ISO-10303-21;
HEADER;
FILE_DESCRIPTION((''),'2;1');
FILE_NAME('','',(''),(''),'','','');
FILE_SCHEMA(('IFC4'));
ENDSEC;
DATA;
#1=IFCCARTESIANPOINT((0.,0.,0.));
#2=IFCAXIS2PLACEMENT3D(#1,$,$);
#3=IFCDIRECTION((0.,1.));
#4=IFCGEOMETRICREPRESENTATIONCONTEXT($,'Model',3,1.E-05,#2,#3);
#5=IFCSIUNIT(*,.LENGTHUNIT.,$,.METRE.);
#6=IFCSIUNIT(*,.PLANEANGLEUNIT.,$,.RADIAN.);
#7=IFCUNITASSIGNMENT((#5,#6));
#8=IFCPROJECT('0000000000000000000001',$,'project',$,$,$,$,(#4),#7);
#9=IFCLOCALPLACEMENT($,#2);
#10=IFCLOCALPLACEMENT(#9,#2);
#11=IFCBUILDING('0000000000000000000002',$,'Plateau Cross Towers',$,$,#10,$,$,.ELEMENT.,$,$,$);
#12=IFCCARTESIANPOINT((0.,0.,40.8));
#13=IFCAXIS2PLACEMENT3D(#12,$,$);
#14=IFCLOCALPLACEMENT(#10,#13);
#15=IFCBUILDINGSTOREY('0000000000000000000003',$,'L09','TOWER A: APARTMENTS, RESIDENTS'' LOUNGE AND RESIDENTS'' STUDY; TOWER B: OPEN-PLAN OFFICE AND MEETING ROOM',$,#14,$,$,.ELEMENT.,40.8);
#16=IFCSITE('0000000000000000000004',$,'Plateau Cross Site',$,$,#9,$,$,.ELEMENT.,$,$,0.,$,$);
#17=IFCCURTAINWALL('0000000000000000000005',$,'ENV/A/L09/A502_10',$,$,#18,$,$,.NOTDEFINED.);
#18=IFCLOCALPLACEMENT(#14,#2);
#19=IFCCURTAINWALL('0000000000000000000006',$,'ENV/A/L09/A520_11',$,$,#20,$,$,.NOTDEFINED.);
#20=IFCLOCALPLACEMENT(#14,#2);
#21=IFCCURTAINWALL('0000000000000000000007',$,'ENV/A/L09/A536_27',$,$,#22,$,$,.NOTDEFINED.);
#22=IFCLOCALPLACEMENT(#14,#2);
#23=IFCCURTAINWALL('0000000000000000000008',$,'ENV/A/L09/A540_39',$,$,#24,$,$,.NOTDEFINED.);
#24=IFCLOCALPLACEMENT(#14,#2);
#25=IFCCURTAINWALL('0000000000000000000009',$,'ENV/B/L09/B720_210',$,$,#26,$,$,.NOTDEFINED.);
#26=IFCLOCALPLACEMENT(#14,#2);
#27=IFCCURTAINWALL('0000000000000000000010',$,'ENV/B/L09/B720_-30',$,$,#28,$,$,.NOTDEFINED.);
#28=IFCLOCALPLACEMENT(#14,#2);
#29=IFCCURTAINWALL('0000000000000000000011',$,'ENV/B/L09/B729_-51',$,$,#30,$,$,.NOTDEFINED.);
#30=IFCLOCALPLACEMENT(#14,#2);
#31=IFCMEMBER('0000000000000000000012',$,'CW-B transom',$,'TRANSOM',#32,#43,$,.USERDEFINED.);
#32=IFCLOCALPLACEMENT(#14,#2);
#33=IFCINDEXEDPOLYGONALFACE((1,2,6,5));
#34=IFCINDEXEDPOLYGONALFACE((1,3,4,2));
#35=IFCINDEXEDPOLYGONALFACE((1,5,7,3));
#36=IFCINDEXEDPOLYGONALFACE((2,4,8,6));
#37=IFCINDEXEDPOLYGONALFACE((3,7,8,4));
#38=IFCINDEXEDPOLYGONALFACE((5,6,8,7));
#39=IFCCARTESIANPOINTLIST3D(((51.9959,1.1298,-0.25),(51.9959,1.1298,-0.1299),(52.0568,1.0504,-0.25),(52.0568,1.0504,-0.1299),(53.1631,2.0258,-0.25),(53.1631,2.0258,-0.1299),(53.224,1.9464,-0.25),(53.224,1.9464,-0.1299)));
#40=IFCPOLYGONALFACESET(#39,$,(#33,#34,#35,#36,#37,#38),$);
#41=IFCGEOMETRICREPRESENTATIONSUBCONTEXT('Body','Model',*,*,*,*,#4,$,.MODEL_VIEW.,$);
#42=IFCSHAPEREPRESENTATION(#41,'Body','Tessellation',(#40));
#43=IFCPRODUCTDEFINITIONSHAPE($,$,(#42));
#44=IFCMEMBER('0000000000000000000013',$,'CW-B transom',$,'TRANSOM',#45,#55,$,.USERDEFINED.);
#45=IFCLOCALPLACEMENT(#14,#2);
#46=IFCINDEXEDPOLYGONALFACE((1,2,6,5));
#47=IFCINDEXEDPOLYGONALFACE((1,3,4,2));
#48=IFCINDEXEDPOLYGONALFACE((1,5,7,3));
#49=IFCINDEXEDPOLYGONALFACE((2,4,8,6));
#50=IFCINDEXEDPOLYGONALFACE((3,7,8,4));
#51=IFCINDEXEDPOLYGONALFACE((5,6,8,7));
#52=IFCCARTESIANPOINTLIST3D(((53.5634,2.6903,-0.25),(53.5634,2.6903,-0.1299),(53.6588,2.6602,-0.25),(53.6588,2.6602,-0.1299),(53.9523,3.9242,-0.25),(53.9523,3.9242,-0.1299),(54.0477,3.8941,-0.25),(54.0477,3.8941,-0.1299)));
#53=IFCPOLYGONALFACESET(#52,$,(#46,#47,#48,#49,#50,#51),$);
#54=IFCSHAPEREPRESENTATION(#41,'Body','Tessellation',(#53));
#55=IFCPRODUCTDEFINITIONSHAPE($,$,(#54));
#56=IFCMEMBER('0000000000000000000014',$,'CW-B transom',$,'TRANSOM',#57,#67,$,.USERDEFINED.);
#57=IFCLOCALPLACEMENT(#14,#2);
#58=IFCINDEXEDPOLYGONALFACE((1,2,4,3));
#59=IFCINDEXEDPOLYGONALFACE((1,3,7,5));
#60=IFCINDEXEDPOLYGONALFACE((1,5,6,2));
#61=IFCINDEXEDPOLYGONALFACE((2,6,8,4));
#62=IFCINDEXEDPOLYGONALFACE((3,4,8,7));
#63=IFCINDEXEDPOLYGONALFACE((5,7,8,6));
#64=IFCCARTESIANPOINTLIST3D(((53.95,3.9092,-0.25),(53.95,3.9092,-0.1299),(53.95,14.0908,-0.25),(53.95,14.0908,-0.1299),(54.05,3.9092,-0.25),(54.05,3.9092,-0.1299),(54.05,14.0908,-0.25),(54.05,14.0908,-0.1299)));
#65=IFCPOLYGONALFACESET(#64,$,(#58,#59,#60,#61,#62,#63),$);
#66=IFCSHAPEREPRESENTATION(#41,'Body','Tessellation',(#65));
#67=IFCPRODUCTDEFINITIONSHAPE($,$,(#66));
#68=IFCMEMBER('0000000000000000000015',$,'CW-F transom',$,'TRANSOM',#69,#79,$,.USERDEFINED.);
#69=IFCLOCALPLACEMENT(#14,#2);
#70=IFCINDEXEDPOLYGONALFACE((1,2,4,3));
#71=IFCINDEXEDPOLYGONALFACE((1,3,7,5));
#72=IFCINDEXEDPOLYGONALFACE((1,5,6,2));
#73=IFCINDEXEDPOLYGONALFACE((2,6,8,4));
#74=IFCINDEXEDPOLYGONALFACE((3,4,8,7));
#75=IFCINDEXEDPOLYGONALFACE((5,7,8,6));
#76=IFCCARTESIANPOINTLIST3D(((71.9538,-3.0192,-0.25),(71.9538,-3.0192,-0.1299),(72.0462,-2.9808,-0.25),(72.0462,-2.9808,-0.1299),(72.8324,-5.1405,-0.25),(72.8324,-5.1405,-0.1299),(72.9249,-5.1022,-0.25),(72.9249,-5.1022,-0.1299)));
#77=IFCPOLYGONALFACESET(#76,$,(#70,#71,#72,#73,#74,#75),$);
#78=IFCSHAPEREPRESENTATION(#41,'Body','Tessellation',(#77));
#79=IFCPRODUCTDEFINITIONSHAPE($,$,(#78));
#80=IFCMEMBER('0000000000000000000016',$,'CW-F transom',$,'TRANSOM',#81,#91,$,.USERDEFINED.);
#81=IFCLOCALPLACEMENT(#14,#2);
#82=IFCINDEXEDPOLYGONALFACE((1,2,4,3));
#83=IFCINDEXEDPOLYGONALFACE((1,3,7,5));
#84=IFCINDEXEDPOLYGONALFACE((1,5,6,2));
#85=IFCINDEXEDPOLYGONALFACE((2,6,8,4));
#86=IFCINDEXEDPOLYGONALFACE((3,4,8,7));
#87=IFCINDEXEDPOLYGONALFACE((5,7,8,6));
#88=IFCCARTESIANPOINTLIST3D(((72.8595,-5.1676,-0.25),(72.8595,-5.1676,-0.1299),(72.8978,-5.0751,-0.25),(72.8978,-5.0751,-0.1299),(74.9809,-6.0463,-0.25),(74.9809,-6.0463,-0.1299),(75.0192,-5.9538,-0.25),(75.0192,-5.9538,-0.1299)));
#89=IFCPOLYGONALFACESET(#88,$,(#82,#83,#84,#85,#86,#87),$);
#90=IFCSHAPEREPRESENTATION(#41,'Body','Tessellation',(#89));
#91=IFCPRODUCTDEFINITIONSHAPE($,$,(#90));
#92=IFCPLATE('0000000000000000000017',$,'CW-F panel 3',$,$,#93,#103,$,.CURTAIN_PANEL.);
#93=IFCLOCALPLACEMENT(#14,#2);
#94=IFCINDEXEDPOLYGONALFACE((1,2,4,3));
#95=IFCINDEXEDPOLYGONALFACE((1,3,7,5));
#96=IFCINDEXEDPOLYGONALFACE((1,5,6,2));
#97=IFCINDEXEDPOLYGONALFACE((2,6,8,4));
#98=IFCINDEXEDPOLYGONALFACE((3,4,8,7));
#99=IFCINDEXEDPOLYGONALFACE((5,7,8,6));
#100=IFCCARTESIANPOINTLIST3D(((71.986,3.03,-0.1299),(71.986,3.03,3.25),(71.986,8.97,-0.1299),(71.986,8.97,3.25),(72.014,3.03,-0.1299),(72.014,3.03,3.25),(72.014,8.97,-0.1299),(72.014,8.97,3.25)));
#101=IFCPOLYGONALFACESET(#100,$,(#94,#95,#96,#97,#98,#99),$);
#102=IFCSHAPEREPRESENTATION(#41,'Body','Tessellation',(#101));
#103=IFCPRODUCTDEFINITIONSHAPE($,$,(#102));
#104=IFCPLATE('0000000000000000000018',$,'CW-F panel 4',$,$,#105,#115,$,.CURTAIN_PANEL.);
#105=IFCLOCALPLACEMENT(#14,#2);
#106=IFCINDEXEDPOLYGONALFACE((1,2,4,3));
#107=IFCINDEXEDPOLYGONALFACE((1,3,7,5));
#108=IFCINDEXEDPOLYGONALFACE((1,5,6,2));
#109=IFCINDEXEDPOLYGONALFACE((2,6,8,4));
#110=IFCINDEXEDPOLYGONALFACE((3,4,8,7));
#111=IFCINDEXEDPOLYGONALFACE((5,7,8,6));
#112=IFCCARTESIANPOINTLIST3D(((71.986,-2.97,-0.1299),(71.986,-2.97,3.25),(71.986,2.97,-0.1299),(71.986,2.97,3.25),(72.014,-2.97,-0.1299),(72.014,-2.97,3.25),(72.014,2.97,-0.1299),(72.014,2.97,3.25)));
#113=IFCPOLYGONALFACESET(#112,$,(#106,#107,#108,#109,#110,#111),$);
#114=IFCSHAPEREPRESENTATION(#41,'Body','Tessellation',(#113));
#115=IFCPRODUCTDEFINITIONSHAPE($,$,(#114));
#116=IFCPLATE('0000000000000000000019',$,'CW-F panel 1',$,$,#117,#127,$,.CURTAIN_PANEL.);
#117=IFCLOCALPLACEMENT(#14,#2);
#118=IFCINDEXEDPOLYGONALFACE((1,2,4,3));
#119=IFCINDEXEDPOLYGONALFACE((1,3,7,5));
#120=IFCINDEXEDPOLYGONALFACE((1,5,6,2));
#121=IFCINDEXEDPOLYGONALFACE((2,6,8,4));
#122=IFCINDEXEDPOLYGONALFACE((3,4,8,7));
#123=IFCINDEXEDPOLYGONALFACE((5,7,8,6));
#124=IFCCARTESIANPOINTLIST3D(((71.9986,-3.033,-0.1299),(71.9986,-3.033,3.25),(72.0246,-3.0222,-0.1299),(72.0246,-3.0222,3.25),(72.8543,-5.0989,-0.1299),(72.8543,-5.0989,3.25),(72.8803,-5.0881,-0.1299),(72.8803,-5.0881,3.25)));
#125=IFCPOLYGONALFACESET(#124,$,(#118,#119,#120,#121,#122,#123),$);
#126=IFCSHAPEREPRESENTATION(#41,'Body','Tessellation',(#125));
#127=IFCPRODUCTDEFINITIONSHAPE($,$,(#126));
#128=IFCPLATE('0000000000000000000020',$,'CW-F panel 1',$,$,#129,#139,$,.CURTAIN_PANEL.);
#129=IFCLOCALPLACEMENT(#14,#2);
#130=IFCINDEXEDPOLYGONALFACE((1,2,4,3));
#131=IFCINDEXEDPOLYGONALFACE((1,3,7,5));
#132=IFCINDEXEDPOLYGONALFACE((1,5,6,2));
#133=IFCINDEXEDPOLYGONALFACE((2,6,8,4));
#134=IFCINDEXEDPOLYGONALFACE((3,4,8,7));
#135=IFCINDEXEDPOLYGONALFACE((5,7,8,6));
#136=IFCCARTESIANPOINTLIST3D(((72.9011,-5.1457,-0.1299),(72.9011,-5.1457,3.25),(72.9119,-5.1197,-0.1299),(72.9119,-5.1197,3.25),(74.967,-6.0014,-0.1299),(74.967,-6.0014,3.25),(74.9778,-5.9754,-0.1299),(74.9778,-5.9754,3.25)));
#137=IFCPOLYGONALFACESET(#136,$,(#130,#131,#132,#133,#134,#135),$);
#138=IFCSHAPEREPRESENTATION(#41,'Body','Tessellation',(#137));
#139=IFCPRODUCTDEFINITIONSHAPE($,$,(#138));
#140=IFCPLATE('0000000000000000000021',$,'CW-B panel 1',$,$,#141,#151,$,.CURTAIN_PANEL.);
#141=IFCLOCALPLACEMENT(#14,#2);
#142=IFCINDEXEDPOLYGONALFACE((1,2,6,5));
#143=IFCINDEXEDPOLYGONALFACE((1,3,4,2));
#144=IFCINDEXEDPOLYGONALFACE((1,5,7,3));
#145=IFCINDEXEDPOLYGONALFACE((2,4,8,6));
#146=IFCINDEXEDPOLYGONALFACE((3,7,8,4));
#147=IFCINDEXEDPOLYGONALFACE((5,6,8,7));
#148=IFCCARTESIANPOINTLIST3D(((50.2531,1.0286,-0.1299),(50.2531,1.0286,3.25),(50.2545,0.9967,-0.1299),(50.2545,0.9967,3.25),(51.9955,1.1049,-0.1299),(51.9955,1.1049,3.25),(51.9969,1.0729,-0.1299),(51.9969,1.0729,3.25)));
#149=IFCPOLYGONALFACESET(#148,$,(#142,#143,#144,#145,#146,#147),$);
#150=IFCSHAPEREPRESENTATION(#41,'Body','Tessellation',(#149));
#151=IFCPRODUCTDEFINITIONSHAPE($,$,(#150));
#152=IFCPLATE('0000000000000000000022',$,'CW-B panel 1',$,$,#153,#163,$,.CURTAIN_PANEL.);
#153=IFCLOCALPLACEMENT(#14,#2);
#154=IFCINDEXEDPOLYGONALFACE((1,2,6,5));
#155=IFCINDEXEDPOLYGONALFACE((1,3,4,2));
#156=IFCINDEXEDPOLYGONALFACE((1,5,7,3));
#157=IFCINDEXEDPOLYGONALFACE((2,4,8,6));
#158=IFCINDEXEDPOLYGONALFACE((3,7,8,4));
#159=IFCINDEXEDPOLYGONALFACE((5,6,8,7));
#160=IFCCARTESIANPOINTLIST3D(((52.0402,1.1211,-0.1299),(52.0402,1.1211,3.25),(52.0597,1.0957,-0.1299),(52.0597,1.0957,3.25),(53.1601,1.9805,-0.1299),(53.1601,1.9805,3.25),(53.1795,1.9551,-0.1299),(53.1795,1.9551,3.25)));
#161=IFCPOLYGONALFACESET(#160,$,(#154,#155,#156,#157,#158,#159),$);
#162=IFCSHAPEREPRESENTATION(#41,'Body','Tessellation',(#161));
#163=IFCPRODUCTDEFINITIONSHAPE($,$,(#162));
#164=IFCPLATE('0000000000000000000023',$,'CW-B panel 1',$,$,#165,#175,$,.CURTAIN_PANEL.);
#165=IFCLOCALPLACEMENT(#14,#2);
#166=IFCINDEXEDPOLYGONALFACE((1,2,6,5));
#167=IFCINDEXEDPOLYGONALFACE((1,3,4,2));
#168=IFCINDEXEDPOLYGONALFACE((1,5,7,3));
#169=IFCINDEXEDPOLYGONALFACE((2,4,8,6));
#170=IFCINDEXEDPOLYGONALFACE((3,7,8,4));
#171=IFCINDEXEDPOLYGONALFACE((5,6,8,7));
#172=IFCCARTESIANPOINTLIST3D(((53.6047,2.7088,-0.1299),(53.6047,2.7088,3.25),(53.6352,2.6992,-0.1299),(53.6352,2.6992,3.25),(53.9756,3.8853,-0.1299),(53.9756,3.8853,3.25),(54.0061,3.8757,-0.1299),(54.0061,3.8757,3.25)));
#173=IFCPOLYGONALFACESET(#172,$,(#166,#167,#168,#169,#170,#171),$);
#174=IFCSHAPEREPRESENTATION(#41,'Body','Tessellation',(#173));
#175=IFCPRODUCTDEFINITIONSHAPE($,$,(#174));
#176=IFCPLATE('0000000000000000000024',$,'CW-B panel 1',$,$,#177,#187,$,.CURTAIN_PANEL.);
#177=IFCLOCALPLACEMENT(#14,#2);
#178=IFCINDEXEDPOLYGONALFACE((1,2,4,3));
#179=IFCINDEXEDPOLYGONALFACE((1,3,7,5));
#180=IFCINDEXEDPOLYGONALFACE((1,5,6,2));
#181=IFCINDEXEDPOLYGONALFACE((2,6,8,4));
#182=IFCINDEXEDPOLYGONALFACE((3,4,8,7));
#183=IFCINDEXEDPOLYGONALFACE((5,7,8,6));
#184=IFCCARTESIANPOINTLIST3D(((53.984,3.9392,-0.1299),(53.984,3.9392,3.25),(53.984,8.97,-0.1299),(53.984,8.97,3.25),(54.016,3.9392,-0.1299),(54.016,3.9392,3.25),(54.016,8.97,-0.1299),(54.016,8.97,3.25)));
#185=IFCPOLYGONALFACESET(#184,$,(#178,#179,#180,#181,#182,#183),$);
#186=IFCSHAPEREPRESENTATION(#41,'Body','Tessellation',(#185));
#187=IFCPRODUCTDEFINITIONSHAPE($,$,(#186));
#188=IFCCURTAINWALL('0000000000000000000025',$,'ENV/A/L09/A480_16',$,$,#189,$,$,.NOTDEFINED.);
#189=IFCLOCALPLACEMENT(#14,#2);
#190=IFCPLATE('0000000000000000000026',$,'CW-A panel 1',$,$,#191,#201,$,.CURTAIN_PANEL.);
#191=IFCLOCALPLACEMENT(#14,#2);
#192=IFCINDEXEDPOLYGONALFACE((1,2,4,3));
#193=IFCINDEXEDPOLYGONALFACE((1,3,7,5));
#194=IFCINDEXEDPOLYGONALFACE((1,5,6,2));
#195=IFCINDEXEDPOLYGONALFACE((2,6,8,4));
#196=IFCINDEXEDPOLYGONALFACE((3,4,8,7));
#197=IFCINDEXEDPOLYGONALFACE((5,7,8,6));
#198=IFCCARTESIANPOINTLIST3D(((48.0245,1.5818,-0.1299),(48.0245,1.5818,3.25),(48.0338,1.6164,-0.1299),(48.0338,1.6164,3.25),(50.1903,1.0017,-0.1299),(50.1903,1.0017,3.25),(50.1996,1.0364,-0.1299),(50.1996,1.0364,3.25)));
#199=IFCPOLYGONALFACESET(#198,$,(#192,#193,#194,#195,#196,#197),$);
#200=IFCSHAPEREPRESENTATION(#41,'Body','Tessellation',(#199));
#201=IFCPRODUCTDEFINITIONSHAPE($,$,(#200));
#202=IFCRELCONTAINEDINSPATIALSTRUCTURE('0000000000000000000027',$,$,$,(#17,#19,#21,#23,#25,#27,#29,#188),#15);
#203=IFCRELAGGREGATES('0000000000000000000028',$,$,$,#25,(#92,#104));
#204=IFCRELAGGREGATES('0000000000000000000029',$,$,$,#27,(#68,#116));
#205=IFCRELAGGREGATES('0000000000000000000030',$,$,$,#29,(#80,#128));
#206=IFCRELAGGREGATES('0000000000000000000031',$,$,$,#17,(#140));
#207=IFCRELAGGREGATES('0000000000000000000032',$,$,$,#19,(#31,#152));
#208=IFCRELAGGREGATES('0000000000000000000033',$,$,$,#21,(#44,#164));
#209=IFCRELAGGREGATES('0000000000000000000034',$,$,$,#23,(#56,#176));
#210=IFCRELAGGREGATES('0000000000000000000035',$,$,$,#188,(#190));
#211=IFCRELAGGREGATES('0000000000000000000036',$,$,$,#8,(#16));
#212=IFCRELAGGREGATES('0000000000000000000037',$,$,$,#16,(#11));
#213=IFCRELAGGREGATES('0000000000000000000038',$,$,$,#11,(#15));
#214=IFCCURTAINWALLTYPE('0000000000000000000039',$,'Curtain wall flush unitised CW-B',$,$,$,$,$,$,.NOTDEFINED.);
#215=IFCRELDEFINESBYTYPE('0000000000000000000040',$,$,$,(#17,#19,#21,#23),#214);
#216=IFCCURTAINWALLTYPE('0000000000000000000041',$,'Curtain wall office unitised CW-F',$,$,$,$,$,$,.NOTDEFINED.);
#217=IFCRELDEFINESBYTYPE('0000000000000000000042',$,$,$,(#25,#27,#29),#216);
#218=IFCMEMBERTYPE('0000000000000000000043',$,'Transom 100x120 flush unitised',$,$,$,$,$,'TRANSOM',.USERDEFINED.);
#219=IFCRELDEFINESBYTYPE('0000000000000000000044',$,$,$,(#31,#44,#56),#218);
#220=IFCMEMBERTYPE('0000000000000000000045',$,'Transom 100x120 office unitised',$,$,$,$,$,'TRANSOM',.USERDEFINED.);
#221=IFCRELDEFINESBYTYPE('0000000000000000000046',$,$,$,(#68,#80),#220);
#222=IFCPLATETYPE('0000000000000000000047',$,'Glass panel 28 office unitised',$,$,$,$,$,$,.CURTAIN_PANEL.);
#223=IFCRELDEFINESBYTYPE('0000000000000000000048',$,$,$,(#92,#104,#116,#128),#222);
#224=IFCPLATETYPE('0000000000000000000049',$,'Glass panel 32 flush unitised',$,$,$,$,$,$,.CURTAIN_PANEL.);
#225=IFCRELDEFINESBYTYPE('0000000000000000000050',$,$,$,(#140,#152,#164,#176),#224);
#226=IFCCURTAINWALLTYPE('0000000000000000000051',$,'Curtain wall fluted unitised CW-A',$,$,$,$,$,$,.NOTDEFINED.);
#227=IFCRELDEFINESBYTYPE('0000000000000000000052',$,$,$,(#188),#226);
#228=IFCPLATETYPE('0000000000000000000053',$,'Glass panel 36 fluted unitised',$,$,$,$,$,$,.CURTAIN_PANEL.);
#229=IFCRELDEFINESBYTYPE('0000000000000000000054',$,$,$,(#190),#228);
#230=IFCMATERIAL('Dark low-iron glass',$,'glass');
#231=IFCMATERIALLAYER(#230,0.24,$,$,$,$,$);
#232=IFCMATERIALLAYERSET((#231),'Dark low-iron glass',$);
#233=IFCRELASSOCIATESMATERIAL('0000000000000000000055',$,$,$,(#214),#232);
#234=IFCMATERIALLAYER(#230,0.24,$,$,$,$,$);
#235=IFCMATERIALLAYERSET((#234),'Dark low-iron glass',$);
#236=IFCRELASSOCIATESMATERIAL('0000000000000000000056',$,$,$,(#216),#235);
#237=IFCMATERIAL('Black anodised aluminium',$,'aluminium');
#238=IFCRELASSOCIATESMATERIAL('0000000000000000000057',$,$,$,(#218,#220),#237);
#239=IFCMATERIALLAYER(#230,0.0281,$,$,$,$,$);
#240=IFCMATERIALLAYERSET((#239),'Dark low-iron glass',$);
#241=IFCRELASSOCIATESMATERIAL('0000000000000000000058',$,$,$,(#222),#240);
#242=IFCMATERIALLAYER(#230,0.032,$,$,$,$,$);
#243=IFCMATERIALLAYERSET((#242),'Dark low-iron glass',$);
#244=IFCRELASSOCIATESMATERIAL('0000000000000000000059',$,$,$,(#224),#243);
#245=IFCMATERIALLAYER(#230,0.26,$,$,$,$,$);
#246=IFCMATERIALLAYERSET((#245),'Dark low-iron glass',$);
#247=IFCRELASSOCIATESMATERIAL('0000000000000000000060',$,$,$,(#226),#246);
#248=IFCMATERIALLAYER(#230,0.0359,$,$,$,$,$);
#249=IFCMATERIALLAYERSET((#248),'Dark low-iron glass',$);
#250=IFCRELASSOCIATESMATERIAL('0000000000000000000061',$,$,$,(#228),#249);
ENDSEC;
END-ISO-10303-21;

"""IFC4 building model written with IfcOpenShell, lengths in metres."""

from ifc_helpers import new_model, si_unit, direction, frame, origin, origin_2d, place, context, subcontext, project, spatial, rectangle, extrude, material, layer, layer_set, material_profile, profile_set, type_object, element, aggregate, save


model = new_model("IFC4")

# Units and contexts
model_context = context("Model", 3, precision=1e-05, world=origin(), true_north=direction((0.0, 1.0)))
body_context = subcontext(model_context, "Body", "Model", "MODEL_VIEW")
ifc_project = project(units=[si_unit("LENGTHUNIT", "METRE"), si_unit("PLANEANGLEUNIT", "RADIAN")], contexts=[model_context])

# Site, building, storey
site_placement = place(None, origin())
site = spatial("IfcSite", under=ifc_project, at=site_placement, Name="Plateau Cross Site", CompositionType="ELEMENT", RefElevation=0.0)
building_placement = place(site_placement, origin())
building = spatial("IfcBuilding", under=site, at=building_placement, Name="Plateau Cross Towers", CompositionType="ELEMENT")
storey_placement = place(building_placement, frame((0.0, 0.0, 40.8)))
storey = spatial("IfcBuildingStorey", under=building, at=storey_placement, Name="L09", Description="TOWER A: APARTMENTS, RESIDENTS' LOUNGE AND RESIDENTS' STUDY; TOWER B: OPEN-PLAN OFFICE AND MEETING ROOM", CompositionType="ELEMENT", Elevation=40.8)

# Curtain wall
ifc_material_1 = material(Name="Dark low-iron glass", Category="glass")
ifc_layer_1 = layer(ifc_material_1, 0.24)
ifc_layer_set_1 = layer_set([ifc_layer_1], Name="Dark low-iron glass")
curtain_wall_type_1 = type_object("IfcCurtainWallType", Name="Curtain wall flush unitised CW-B", PredefinedType="NOTDEFINED", material=ifc_layer_set_1)
curtain_wall_1_placement = place(storey_placement, origin())
curtain_wall_1 = element("IfcCurtainWall", 1, at=curtain_wall_1_placement, inside=storey, type_object=curtain_wall_type_1, Name="ENV/A/L09/A502_10", PredefinedType="NOTDEFINED")
ifc_material_2 = material(Name="Black anodised aluminium", Category="aluminium")

# Curtain wall
curtain_wall_2_placement = place(storey_placement, origin())
curtain_wall_2 = element("IfcCurtainWall", 2, at=curtain_wall_2_placement, inside=storey, type_object=curtain_wall_type_1, Name="ENV/A/L09/A520_11", PredefinedType="NOTDEFINED")

# Curtain wall
curtain_wall_3_placement = place(storey_placement, origin())
curtain_wall_3 = element("IfcCurtainWall", 3, at=curtain_wall_3_placement, inside=storey, type_object=curtain_wall_type_1, Name="ENV/A/L09/A536_27", PredefinedType="NOTDEFINED")

# Curtain wall
curtain_wall_4_placement = place(storey_placement, origin())
curtain_wall_4 = element("IfcCurtainWall", 4, at=curtain_wall_4_placement, inside=storey, type_object=curtain_wall_type_1, Name="ENV/A/L09/A540_39", PredefinedType="NOTDEFINED")

# Curtain walls
ifc_layer_2 = layer(ifc_material_1, 0.24)
ifc_layer_set_2 = layer_set([ifc_layer_2], Name="Dark low-iron glass")
curtain_wall_type_2 = type_object("IfcCurtainWallType", Name="Curtain wall office unitised CW-F", PredefinedType="NOTDEFINED", material=ifc_layer_set_2)
curtain_wall_5_placement = place(storey_placement, origin())
curtain_wall_5 = element("IfcCurtainWall", 5, at=curtain_wall_5_placement, inside=storey, type_object=curtain_wall_type_2, Name="ENV/B/L09/B720_210", PredefinedType="NOTDEFINED")
curtain_wall_6_placement = place(storey_placement, origin())
curtain_wall_6 = element("IfcCurtainWall", 6, at=curtain_wall_6_placement, inside=storey, type_object=curtain_wall_type_2, Name="ENV/B/L09/B720_-30", PredefinedType="NOTDEFINED")
curtain_wall_7_placement = place(storey_placement, origin())
curtain_wall_7 = element("IfcCurtainWall", 7, at=curtain_wall_7_placement, inside=storey, type_object=curtain_wall_type_2, Name="ENV/B/L09/B729_-51", PredefinedType="NOTDEFINED")

# Members
ifc_material_profile_1 = material_profile(ifc_material_2, rectangle(XDim=0.1001, YDim=0.1201, at=origin_2d()), Name="TRANSOM 100x120")
ifc_profile_set_1 = profile_set([ifc_material_profile_1], Name="Black anodised aluminium")
member_type_1 = type_object("IfcMemberType", Name="Transom 100x120 flush unitised", ElementType="TRANSOM", PredefinedType="USERDEFINED", material=ifc_profile_set_1)
member_1_placement = place(storey_placement, frame((52.0264, 1.0901, -0.1899), z_axis=(0.79324, 0.608909, 0.0), x_axis=(-0.608909, 0.79324, 0.0)))
member_1 = element("IfcMember", 8, at=member_1_placement, type_object=member_type_1, Name="CW-B transom", ObjectType="TRANSOM", PredefinedType="USERDEFINED", context=body_context, shape_type="SweptSolid", body=[
    extrude(rectangle(XDim=0.1001, YDim=0.1201, at=origin_2d()), origin(), (0.0, 0.0, 1.0), 1.4714),
])
member_2_placement = place(storey_placement, frame((53.6111, 2.6753, -0.1899), z_axis=(0.300617, 0.953745, 0.0), x_axis=(-0.953745, 0.300617, 0.0)))
member_2 = element("IfcMember", 9, at=member_2_placement, type_object=member_type_1, Name="CW-B transom", ObjectType="TRANSOM", PredefinedType="USERDEFINED", context=body_context, shape_type="SweptSolid", body=[
    extrude(rectangle(XDim=0.1001, YDim=0.1201, at=origin_2d()), origin(), (0.0, 0.0, 1.0), 1.2937),
])
member_3_placement = place(storey_placement, frame((54.0, 3.9092, -0.1899), z_axis=(0.0, 1.0, 0.0), x_axis=(-1.0, 0.0, 0.0)))
member_3 = element("IfcMember", 10, at=member_3_placement, type_object=member_type_1, Name="CW-B transom", ObjectType="TRANSOM", PredefinedType="USERDEFINED", context=body_context, shape_type="SweptSolid", body=[
    extrude(rectangle(XDim=0.1001, YDim=0.1201, at=origin_2d()), origin(), (0.0, 0.0, 1.0), 10.1816),
])
ifc_material_profile_2 = material_profile(ifc_material_2, rectangle(XDim=0.1001, YDim=0.1201, at=origin_2d()), Name="TRANSOM 100x120")
ifc_profile_set_2 = profile_set([ifc_material_profile_2], Name="Black anodised aluminium")
member_type_2 = type_object("IfcMemberType", Name="Transom 100x120 office unitised", ElementType="TRANSOM", PredefinedType="USERDEFINED", material=ifc_profile_set_2)
member_4_placement = place(storey_placement, frame((72.0, -3.0, -0.1899), z_axis=(0.382674, -0.923883, 0.0), x_axis=(0.923883, 0.382674, 0.0)))
member_4 = element("IfcMember", 11, at=member_4_placement, type_object=member_type_2, Name="CW-F transom", ObjectType="TRANSOM", PredefinedType="USERDEFINED", context=body_context, shape_type="SweptSolid", body=[
    extrude(rectangle(XDim=0.1001, YDim=0.1201, at=origin_2d()), origin(), (0.0, 0.0, 1.0), 2.2961),
])
member_5_placement = place(storey_placement, frame((72.8787, -5.1213, -0.1899), z_axis=(0.923883, -0.382674, 0.0), x_axis=(0.382674, 0.923883, 0.0)))
member_5 = element("IfcMember", 12, at=member_5_placement, type_object=member_type_2, Name="CW-F transom", ObjectType="TRANSOM", PredefinedType="USERDEFINED", context=body_context, shape_type="SweptSolid", body=[
    extrude(rectangle(XDim=0.1001, YDim=0.1201, at=origin_2d()), origin(), (0.0, 0.0, 1.0), 2.2961),
])

# Plates
ifc_layer_3 = layer(ifc_material_1, 0.0281)
ifc_layer_set_3 = layer_set([ifc_layer_3], Name="Dark low-iron glass")
plate_type_1 = type_object("IfcPlateType", Name="Glass panel 28 office unitised", PredefinedType="CURTAIN_PANEL", material=ifc_layer_set_3)
plate_1_placement = place(storey_placement, frame((72.0, 6.0, -0.1299), z_axis=(0.0, 0.0, 1.0), x_axis=(0.0, -1.0, 0.0)))
plate_1 = element("IfcPlate", 13, at=plate_1_placement, type_object=plate_type_1, Name="CW-F panel 3", PredefinedType="CURTAIN_PANEL", context=body_context, shape_type="SweptSolid", body=[
    extrude(rectangle(XDim=5.9399, YDim=0.0281, at=origin_2d()), origin(), (0.0, 0.0, 1.0), 3.3799),
])
plate_2_placement = place(storey_placement, frame((72.0, 0.0, -0.1299), z_axis=(0.0, 0.0, 1.0), x_axis=(0.0, -1.0, 0.0)))
plate_2 = element("IfcPlate", 14, at=plate_2_placement, type_object=plate_type_1, Name="CW-F panel 4", PredefinedType="CURTAIN_PANEL", context=body_context, shape_type="SweptSolid", body=[
    extrude(rectangle(XDim=5.9399, YDim=0.0281, at=origin_2d()), origin(), (0.0, 0.0, 1.0), 3.3799),
])
aggregate(curtain_wall_5, [plate_1, plate_2])
plate_3_placement = place(storey_placement, frame((72.4395, -4.0605, -0.1299), z_axis=(0.0, 0.0, 1.0), x_axis=(0.382684, -0.923879, 0.0)))
plate_3 = element("IfcPlate", 15, at=plate_3_placement, type_object=plate_type_1, Name="CW-F panel 1", PredefinedType="CURTAIN_PANEL", context=body_context, shape_type="SweptSolid", body=[
    extrude(rectangle(XDim=2.2361, YDim=0.0281, at=origin_2d()), origin(), (0.0, 0.0, 1.0), 3.3799),
])
aggregate(curtain_wall_6, [member_4, plate_3])
plate_4_placement = place(storey_placement, frame((73.9395, -5.5605, -0.1299), z_axis=(0.0, 0.0, 1.0), x_axis=(0.923879, -0.382684, 0.0)))
plate_4 = element("IfcPlate", 16, at=plate_4_placement, type_object=plate_type_1, Name="CW-F panel 1", PredefinedType="CURTAIN_PANEL", context=body_context, shape_type="SweptSolid", body=[
    extrude(rectangle(XDim=2.2361, YDim=0.0281, at=origin_2d()), origin(), (0.0, 0.0, 1.0), 3.3799),
])
aggregate(curtain_wall_7, [member_5, plate_4])
ifc_layer_4 = layer(ifc_material_1, 0.032)
ifc_layer_set_4 = layer_set([ifc_layer_4], Name="Dark low-iron glass")
plate_type_2 = type_object("IfcPlateType", Name="Glass panel 32 flush unitised", PredefinedType="CURTAIN_PANEL", material=ifc_layer_set_4)
plate_5_placement = place(storey_placement, frame((51.125, 1.0508, -0.1299), z_axis=(0.0, 0.0, 1.0), x_axis=(0.999044, 0.043723, 0.0)))
plate_5 = element("IfcPlate", 17, at=plate_5_placement, type_object=plate_type_2, Name="CW-B panel 1", PredefinedType="CURTAIN_PANEL", context=body_context, shape_type="SweptSolid", body=[
    extrude(rectangle(XDim=1.7441, YDim=0.032, at=origin_2d()), origin(), (0.0, 0.0, 1.0), 3.3799),
])
aggregate(curtain_wall_1, [plate_5])
plate_6_placement = place(storey_placement, frame((52.6099, 1.5381, -0.1299), z_axis=(0.0, 0.0, 1.0), x_axis=(0.793316, 0.608811, 0.0)))
plate_6 = element("IfcPlate", 18, at=plate_6_placement, type_object=plate_type_2, Name="CW-B panel 1", PredefinedType="CURTAIN_PANEL", context=body_context, shape_type="SweptSolid", body=[
    extrude(rectangle(XDim=1.4116, YDim=0.032, at=origin_2d()), origin(), (0.0, 0.0, 1.0), 3.3799),
])
aggregate(curtain_wall_2, [member_1, plate_6])
plate_7_placement = place(storey_placement, frame((53.8054, 3.2922, -0.1299), z_axis=(0.0, 0.0, 1.0), x_axis=(0.300686, 0.953723, 0.0)))
plate_7 = element("IfcPlate", 19, at=plate_7_placement, type_object=plate_type_2, Name="CW-B panel 1", PredefinedType="CURTAIN_PANEL", context=body_context, shape_type="SweptSolid", body=[
    extrude(rectangle(XDim=1.2336, YDim=0.032, at=origin_2d()), origin(), (0.0, 0.0, 1.0), 3.3799),
])
aggregate(curtain_wall_3, [member_2, plate_7])
plate_8_placement = place(storey_placement, frame((54.0, 6.4546, -0.1299), z_axis=(0.0, 0.0, 1.0), x_axis=(0.0, 1.0, 0.0)))
plate_8 = element("IfcPlate", 20, at=plate_8_placement, type_object=plate_type_2, Name="CW-B panel 1", PredefinedType="CURTAIN_PANEL", context=body_context, shape_type="SweptSolid", body=[
    extrude(rectangle(XDim=5.0308, YDim=0.032, at=origin_2d()), origin(), (0.0, 0.0, 1.0), 3.3799),
])
aggregate(curtain_wall_4, [member_3, plate_8])

# Curtain wall, plate
ifc_layer_5 = layer(ifc_material_1, 0.26)
ifc_layer_set_5 = layer_set([ifc_layer_5], Name="Dark low-iron glass")
curtain_wall_type_3 = type_object("IfcCurtainWallType", Name="Curtain wall fluted unitised CW-A", PredefinedType="NOTDEFINED", material=ifc_layer_set_5)
curtain_wall_8_placement = place(storey_placement, origin())
curtain_wall_8 = element("IfcCurtainWall", 21, at=curtain_wall_8_placement, inside=storey, type_object=curtain_wall_type_3, Name="ENV/A/L09/A480_16", PredefinedType="NOTDEFINED")
ifc_layer_6 = layer(ifc_material_1, 0.0359)
ifc_layer_set_6 = layer_set([ifc_layer_6], Name="Dark low-iron glass")
plate_type_3 = type_object("IfcPlateType", Name="Glass panel 36 fluted unitised", PredefinedType="CURTAIN_PANEL", material=ifc_layer_set_6)
plate_9_placement = place(storey_placement, frame((49.1121, 1.3091, -0.1299), z_axis=(0.0, 0.0, 1.0), x_axis=(0.965958, -0.258699, 0.0)))
plate_9 = element("IfcPlate", 22, at=plate_9_placement, type_object=plate_type_3, Name="CW-A panel 1", PredefinedType="CURTAIN_PANEL", context=body_context, shape_type="SweptSolid", body=[
    extrude(rectangle(XDim=2.2422, YDim=0.0359, at=origin_2d()), origin(), (0.0, 0.0, 1.0), 3.3799),
])
aggregate(curtain_wall_8, [plate_9])

save(model, "model.ifc")
